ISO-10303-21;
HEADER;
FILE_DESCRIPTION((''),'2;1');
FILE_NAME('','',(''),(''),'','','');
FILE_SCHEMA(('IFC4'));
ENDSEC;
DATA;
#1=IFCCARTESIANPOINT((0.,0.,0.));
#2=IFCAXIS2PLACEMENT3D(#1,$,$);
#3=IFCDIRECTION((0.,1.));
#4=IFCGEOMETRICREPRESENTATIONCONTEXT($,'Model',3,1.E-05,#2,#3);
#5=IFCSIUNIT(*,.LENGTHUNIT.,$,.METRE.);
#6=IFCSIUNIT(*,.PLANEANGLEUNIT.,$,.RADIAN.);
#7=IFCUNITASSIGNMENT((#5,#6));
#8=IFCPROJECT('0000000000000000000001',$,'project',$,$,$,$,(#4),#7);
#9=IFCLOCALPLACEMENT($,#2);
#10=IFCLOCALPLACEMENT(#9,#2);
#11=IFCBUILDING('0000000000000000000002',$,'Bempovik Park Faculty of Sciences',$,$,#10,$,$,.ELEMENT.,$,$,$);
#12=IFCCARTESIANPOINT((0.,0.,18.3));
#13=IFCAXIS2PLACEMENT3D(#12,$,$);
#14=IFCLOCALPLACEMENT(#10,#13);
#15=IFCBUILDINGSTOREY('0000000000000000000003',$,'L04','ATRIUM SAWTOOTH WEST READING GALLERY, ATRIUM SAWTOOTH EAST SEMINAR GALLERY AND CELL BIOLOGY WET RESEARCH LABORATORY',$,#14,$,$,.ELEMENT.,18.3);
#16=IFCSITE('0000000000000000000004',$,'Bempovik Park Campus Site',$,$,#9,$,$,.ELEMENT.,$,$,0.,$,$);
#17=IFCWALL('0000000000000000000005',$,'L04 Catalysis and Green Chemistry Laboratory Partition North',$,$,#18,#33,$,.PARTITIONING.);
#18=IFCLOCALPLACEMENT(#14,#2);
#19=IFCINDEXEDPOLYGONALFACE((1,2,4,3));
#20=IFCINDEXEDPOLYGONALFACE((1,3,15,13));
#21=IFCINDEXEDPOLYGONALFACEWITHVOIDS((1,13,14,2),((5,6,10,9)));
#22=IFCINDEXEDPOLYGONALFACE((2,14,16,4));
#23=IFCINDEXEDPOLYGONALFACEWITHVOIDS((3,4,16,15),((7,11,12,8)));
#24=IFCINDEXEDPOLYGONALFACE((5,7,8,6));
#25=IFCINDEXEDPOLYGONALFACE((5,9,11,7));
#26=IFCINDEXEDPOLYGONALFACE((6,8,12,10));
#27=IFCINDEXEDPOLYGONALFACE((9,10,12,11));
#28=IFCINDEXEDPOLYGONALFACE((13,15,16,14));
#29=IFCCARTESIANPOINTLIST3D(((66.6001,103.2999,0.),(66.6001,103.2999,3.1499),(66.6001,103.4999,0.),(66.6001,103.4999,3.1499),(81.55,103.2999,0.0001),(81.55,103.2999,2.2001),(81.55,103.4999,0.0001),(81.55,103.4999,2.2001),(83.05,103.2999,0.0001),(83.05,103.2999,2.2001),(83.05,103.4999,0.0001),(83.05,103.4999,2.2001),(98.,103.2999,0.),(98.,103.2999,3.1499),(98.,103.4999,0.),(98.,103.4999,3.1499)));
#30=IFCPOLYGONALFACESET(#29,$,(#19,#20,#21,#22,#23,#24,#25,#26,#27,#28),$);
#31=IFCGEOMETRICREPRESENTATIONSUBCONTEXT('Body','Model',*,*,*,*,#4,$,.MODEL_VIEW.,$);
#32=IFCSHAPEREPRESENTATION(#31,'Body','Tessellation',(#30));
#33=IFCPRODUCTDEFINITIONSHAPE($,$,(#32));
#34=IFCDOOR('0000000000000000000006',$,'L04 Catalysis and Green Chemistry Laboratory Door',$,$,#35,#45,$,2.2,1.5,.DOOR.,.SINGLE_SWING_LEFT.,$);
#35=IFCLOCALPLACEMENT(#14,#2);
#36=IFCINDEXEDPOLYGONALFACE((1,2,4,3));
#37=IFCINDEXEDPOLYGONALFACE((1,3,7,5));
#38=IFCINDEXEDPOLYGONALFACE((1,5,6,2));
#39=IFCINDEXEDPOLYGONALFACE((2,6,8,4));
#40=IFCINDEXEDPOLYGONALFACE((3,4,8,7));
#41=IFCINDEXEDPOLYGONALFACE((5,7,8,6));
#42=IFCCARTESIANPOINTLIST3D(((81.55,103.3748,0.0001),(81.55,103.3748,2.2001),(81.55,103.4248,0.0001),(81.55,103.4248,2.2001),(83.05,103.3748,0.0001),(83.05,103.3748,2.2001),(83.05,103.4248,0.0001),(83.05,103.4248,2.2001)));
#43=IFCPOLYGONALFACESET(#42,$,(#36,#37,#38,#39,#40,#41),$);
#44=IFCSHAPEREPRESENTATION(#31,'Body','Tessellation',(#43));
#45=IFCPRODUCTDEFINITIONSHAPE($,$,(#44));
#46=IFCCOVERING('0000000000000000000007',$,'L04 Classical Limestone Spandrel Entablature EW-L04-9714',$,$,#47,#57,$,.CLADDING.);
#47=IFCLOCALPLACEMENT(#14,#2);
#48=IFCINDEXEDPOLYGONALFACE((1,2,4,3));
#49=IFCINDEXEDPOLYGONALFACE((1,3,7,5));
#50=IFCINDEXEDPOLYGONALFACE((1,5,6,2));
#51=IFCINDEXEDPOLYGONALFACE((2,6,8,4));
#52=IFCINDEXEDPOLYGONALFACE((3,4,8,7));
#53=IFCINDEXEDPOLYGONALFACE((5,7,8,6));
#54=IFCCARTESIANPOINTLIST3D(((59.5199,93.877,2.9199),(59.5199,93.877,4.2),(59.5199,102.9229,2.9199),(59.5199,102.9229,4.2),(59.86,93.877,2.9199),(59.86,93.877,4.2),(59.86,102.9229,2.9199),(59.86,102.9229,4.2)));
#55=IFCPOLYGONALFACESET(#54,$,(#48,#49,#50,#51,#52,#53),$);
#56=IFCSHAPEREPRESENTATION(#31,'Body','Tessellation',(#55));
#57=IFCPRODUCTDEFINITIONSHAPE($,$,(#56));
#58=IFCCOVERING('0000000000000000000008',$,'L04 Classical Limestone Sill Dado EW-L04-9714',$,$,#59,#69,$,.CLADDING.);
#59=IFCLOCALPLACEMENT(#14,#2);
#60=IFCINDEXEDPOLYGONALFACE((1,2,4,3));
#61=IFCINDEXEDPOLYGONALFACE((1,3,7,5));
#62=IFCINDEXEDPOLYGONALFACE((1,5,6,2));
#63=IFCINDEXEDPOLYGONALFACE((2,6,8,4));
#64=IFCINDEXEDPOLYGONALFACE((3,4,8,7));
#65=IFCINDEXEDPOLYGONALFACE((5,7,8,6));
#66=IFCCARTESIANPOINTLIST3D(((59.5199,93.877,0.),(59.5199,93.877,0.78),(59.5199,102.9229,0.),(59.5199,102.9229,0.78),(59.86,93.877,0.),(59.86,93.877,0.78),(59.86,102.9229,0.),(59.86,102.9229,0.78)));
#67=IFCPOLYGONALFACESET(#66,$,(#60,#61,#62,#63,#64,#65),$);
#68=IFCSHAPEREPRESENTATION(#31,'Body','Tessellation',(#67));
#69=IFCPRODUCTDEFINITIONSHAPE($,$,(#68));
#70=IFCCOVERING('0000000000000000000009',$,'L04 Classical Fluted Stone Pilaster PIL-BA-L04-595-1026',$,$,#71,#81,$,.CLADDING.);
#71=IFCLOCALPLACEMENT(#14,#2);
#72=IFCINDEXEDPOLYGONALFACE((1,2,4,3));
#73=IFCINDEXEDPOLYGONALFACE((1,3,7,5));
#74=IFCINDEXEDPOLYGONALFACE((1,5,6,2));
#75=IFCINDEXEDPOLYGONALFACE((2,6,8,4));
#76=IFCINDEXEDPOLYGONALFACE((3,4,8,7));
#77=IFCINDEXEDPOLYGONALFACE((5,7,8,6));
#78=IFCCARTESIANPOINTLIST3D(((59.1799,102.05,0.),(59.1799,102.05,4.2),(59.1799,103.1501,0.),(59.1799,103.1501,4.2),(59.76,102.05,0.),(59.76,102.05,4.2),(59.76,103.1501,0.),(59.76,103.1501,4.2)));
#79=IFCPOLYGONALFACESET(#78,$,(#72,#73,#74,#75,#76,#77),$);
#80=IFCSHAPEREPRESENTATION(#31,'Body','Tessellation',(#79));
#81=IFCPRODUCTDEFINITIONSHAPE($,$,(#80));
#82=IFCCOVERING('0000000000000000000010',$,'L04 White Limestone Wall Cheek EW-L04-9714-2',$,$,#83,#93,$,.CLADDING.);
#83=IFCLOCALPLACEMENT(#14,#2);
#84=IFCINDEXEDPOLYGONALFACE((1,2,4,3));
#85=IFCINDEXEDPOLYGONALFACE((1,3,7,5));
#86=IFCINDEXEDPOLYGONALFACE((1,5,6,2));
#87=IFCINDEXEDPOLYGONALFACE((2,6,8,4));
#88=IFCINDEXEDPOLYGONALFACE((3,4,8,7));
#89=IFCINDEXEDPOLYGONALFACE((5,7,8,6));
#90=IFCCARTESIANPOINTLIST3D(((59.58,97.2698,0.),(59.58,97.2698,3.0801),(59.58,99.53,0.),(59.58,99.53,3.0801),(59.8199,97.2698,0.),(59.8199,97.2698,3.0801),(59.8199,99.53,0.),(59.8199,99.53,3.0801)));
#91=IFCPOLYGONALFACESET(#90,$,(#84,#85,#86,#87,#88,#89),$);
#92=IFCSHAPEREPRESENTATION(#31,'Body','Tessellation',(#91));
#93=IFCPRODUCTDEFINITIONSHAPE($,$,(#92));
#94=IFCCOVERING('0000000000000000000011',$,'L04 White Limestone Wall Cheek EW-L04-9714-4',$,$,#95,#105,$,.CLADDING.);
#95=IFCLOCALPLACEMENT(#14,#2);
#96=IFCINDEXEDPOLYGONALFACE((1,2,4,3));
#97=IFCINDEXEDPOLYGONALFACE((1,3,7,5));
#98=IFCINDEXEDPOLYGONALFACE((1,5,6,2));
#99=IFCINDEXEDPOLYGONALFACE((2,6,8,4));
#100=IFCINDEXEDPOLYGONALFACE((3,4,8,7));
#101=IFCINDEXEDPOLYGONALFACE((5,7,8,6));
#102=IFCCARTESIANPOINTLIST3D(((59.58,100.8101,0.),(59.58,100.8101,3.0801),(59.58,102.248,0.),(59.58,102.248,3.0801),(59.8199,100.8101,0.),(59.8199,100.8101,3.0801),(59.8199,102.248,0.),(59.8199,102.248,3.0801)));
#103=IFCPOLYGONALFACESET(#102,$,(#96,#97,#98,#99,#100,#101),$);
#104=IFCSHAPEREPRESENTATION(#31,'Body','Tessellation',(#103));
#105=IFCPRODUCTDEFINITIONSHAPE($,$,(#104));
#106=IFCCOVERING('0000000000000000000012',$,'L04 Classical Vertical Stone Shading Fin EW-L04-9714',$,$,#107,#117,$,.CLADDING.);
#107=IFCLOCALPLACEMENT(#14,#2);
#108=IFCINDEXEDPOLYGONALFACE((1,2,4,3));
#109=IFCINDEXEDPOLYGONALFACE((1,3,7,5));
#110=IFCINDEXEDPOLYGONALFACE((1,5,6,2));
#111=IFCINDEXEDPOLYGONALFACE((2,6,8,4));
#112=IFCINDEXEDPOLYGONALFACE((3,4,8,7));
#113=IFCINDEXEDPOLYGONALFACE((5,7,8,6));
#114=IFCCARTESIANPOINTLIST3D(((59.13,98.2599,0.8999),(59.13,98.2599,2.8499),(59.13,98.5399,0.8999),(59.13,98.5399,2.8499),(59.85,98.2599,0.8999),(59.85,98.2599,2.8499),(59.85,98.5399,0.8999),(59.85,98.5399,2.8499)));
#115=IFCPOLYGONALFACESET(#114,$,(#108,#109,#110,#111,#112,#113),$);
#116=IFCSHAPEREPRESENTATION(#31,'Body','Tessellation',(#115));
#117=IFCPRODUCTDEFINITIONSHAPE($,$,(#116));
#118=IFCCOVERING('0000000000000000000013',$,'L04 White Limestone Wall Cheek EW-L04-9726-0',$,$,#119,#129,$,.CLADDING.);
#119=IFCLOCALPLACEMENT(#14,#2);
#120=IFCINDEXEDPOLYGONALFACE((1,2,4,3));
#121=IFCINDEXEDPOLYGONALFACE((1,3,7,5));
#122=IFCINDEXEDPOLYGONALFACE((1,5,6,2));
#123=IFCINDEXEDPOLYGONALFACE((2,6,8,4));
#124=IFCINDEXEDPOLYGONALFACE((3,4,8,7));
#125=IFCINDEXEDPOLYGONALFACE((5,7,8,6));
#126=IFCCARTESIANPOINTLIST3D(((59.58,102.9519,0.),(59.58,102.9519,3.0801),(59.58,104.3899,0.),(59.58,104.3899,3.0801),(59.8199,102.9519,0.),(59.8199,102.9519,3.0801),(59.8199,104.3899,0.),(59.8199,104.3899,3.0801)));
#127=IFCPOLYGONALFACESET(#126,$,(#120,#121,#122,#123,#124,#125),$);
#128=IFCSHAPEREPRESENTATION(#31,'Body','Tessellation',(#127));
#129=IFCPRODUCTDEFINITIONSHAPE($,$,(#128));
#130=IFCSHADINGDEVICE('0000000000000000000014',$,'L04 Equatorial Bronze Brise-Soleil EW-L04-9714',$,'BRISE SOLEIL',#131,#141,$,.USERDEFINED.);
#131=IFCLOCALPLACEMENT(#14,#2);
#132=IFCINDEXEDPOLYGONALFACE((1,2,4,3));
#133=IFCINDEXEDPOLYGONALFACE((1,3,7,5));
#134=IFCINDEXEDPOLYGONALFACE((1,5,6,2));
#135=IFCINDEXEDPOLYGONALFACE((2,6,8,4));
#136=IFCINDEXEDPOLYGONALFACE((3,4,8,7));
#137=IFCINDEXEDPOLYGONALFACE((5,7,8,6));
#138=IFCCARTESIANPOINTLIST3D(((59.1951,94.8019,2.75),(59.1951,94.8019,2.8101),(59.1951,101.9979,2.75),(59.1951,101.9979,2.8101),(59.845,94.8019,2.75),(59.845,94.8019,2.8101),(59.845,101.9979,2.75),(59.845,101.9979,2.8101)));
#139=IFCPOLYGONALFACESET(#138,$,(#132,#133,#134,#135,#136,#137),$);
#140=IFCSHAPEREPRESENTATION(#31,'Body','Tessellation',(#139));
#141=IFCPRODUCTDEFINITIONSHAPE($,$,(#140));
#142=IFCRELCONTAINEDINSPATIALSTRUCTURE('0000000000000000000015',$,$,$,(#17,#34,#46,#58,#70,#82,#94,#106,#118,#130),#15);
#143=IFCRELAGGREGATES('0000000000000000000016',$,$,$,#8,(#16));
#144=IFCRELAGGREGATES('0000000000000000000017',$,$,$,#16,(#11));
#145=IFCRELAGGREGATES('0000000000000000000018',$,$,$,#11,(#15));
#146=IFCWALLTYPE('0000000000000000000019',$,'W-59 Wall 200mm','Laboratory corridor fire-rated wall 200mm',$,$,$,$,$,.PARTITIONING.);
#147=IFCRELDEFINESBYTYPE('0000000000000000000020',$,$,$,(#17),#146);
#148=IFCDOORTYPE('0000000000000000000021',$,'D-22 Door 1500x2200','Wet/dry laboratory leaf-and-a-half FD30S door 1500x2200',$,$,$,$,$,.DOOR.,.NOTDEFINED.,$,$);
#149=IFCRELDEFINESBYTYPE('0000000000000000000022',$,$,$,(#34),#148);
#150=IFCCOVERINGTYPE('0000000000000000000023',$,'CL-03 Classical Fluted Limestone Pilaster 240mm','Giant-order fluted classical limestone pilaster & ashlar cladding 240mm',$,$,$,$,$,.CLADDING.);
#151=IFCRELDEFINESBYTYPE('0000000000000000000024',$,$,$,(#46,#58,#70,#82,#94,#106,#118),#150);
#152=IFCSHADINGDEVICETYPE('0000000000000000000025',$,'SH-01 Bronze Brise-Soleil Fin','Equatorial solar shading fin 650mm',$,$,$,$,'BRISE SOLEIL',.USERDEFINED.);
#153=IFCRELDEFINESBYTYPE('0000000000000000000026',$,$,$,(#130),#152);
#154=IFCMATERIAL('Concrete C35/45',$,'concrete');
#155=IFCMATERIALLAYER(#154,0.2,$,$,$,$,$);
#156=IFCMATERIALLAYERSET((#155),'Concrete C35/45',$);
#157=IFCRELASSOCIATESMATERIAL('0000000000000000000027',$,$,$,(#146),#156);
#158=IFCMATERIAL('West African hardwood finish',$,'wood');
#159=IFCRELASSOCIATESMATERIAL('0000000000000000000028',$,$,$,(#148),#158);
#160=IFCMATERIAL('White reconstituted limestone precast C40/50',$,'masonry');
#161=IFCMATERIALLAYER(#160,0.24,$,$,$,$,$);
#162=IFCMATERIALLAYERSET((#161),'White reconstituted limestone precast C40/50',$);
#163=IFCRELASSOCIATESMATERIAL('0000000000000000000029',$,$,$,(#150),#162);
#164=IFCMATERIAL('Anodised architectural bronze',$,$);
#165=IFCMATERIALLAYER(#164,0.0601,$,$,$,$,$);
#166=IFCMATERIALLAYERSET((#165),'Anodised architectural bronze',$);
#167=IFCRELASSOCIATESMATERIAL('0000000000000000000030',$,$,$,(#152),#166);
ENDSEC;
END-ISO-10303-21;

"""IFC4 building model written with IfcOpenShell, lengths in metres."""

from ifc_helpers import new_model, si_unit, direction, frame, frame_2d, origin, origin_2d, place, context, subcontext, project, spatial, rectangle, extrude, material, layer, layer_set, type_object, element, fill, save


model = new_model("IFC4")

# Units and contexts
model_context = context("Model", 3, precision=1e-05, world=origin(), true_north=direction((0.0, 1.0)))
body_context = subcontext(model_context, "Body", "Model", "MODEL_VIEW")
ifc_project = project(units=[si_unit("LENGTHUNIT", "METRE"), si_unit("PLANEANGLEUNIT", "RADIAN")], contexts=[model_context])

# Site, building, storey
site_placement = place(None, origin())
site = spatial("IfcSite", under=ifc_project, at=site_placement, Name="Bempovik Park Campus Site", CompositionType="ELEMENT", RefElevation=0.0)
building_placement = place(site_placement, origin())
building = spatial("IfcBuilding", under=site, at=building_placement, Name="Bempovik Park Faculty of Sciences", CompositionType="ELEMENT")
storey_placement = place(building_placement, frame((0.0, 0.0, 18.3)))
storey = spatial("IfcBuildingStorey", under=building, at=storey_placement, Name="L04", Description="ATRIUM SAWTOOTH WEST READING GALLERY, ATRIUM SAWTOOTH EAST SEMINAR GALLERY AND CELL BIOLOGY WET RESEARCH LABORATORY", CompositionType="ELEMENT", Elevation=18.3)

# Shared definitions
ifc_material_1 = material(Name="Concrete C35/45", Category="concrete")

# Wall, opening, door
ifc_layer_1 = layer(ifc_material_1, 0.2)
ifc_layer_set_1 = layer_set([ifc_layer_1], Name="Concrete C35/45")
wall_type_1 = type_object("IfcWallType", Name="W-59 Wall 200mm", Description="Laboratory corridor fire-rated wall 200mm", PredefinedType="PARTITIONING", material=ifc_layer_set_1)
wall_1_placement = place(storey_placement, frame((66.6001, 103.3999, 0.0), z_axis=(0.0, 0.0, 1.0), x_axis=(1.0, 0.0, 0.0)))
wall_1 = element("IfcWall", 1, at=wall_1_placement, inside=storey, type_object=wall_type_1, Name="L04 Catalysis and Green Chemistry Laboratory Partition North", PredefinedType="PARTITIONING", context=body_context, shape_type="SweptSolid", body=[
    extrude(rectangle(XDim=31.3999, YDim=0.2, at=frame_2d((15.7, 0.0))), origin(), (0.0, 0.0, 1.0), 3.1499),
])
opening_1_placement = place(wall_1_placement, frame((14.95, 0.0, 0.0)))
opening_1 = element("IfcOpeningElement", 2, at=opening_1_placement, cuts=wall_1, PredefinedType="OPENING", context=body_context, shape_type="SweptSolid", body=[
    extrude(rectangle(XDim=1.5, YDim=2.2, at=frame_2d((0.75, 1.1001))), frame((0.0, 0.1099, 0.0), z_axis=(0.0, -1.0, 0.0), x_axis=(1.0, 0.0, 0.0)), (0.0, 0.0, 1.0), 0.22),
])
ifc_material_2 = material(Name="West African hardwood finish", Category="wood")
door_type = type_object("IfcDoorType", Name="D-22 Door 1500x2200", Description="Wet/dry laboratory leaf-and-a-half FD30S door 1500x2200", OperationType="NOTDEFINED", PredefinedType="DOOR", material=ifc_material_2)
door_placement = place(opening_1_placement, origin())
door = element("IfcDoor", 3, at=door_placement, inside=storey, type_object=door_type, Name="L04 Catalysis and Green Chemistry Laboratory Door", OperationType="SINGLE_SWING_LEFT", OverallHeight=2.2, OverallWidth=1.5, PredefinedType="DOOR", context=body_context, shape_type="SweptSolid", body=[
    extrude(rectangle(XDim=1.5, YDim=2.2, at=frame_2d((0.75, 1.1001))), frame((0.0, 0.0249, 0.0), z_axis=(0.0, -1.0, 0.0), x_axis=(1.0, 0.0, 0.0)), (0.0, 0.0, 1.0), 0.05),
])
fill(opening_1, door)

# Coverings
ifc_material_3 = material(Name="White reconstituted limestone precast C40/50", Category="masonry")
ifc_layer_2 = layer(ifc_material_3, 0.24)
ifc_layer_set_2 = layer_set([ifc_layer_2], Name="White reconstituted limestone precast C40/50")
covering_type = type_object("IfcCoveringType", Name="CL-03 Classical Fluted Limestone Pilaster 240mm", Description="Giant-order fluted classical limestone pilaster & ashlar cladding 240mm", PredefinedType="CLADDING", material=ifc_layer_set_2)
covering_1_placement = place(storey_placement, frame((59.6899, 98.3999, 2.9199), z_axis=(0.0, 0.0, 1.0), x_axis=(1.0, 0.0, 0.0)))
element("IfcCovering", 4, at=covering_1_placement, inside=storey, type_object=covering_type, Name="L04 Classical Limestone Spandrel Entablature EW-L04-9714", PredefinedType="CLADDING", context=body_context, shape_type="SweptSolid", body=[
    extrude(rectangle(XDim=0.3401, YDim=9.0459, at=origin_2d()), origin(), (0.0, 0.0, 1.0), 1.28),
])
covering_2_placement = place(storey_placement, frame((59.6899, 98.3999, 0.0), z_axis=(0.0, 0.0, 1.0), x_axis=(1.0, 0.0, 0.0)))
element("IfcCovering", 5, at=covering_2_placement, inside=storey, type_object=covering_type, Name="L04 Classical Limestone Sill Dado EW-L04-9714", PredefinedType="CLADDING", context=body_context, shape_type="SweptSolid", body=[
    extrude(rectangle(XDim=0.3401, YDim=9.0459, at=origin_2d()), origin(), (0.0, 0.0, 1.0), 0.78),
])
covering_3_placement = place(storey_placement, frame((59.47, 102.6001, 0.0), z_axis=(0.0, 0.0, 1.0), x_axis=(1.0, 0.0, 0.0)))
element("IfcCovering", 6, at=covering_3_placement, inside=storey, type_object=covering_type, Name="L04 Classical Fluted Stone Pilaster PIL-BA-L04-595-1026", PredefinedType="CLADDING", context=body_context, shape_type="SweptSolid", body=[
    extrude(rectangle(XDim=0.5801, YDim=1.1001, at=origin_2d()), origin(), (0.0, 0.0, 1.0), 4.2),
])
covering_4_placement = place(storey_placement, frame((59.7, 98.3999, 0.0), z_axis=(0.0, 0.0, 1.0), x_axis=(1.0, 0.0, 0.0)))
element("IfcCovering", 7, at=covering_4_placement, inside=storey, type_object=covering_type, Name="L04 White Limestone Wall Cheek EW-L04-9714-2", PredefinedType="CLADDING", context=body_context, shape_type="SweptSolid", body=[
    extrude(rectangle(XDim=0.24, YDim=2.2603, at=origin_2d()), origin(), (0.0, 0.0, 1.0), 3.0801),
])
covering_5_placement = place(storey_placement, frame((59.7, 101.5291, 0.0), z_axis=(0.0, 0.0, 1.0), x_axis=(1.0, 0.0, 0.0)))
element("IfcCovering", 8, at=covering_5_placement, inside=storey, type_object=covering_type, Name="L04 White Limestone Wall Cheek EW-L04-9714-4", PredefinedType="CLADDING", context=body_context, shape_type="SweptSolid", body=[
    extrude(rectangle(XDim=0.24, YDim=1.438, at=origin_2d()), origin(), (0.0, 0.0, 1.0), 3.0801),
])
covering_6_placement = place(storey_placement, frame((59.49, 98.3999, 0.8999), z_axis=(0.0, 0.0, 1.0), x_axis=(1.0, 0.0, 0.0)))
element("IfcCovering", 9, at=covering_6_placement, inside=storey, type_object=covering_type, Name="L04 Classical Vertical Stone Shading Fin EW-L04-9714", PredefinedType="CLADDING", context=body_context, shape_type="SweptSolid", body=[
    extrude(rectangle(XDim=0.72, YDim=0.28, at=origin_2d()), origin(), (0.0, 0.0, 1.0), 1.95),
])
covering_7_placement = place(storey_placement, frame((59.7, 103.6709, 0.0), z_axis=(0.0, 0.0, 1.0), x_axis=(1.0, 0.0, 0.0)))
element("IfcCovering", 10, at=covering_7_placement, inside=storey, type_object=covering_type, Name="L04 White Limestone Wall Cheek EW-L04-9726-0", PredefinedType="CLADDING", context=body_context, shape_type="SweptSolid", body=[
    extrude(rectangle(XDim=0.24, YDim=1.438, at=origin_2d()), origin(), (0.0, 0.0, 1.0), 3.0801),
])

# Shading device
ifc_material_4 = material(Name="Anodised architectural bronze")
ifc_layer_3 = layer(ifc_material_4, 0.0601)
ifc_layer_set_3 = layer_set([ifc_layer_3], Name="Anodised architectural bronze")
shading_device_type = type_object("IfcShadingDeviceType", Name="SH-01 Bronze Brise-Soleil Fin", Description="Equatorial solar shading fin 650mm", ElementType="BRISE SOLEIL", PredefinedType="USERDEFINED", material=ifc_layer_set_3)
shading_device_placement = place(storey_placement, frame((59.52, 98.3999, 2.75), z_axis=(0.0, 0.0, 1.0), x_axis=(1.0, 0.0, 0.0)))
element("IfcShadingDevice", 11, at=shading_device_placement, inside=storey, type_object=shading_device_type, Name="L04 Equatorial Bronze Brise-Soleil EW-L04-9714", ObjectType="BRISE SOLEIL", PredefinedType="USERDEFINED", context=body_context, shape_type="SweptSolid", body=[
    extrude(rectangle(XDim=0.6499, YDim=7.196, at=origin_2d()), origin(), (0.0, 0.0, 1.0), 0.0601),
])

save(model, "model.ifc")
